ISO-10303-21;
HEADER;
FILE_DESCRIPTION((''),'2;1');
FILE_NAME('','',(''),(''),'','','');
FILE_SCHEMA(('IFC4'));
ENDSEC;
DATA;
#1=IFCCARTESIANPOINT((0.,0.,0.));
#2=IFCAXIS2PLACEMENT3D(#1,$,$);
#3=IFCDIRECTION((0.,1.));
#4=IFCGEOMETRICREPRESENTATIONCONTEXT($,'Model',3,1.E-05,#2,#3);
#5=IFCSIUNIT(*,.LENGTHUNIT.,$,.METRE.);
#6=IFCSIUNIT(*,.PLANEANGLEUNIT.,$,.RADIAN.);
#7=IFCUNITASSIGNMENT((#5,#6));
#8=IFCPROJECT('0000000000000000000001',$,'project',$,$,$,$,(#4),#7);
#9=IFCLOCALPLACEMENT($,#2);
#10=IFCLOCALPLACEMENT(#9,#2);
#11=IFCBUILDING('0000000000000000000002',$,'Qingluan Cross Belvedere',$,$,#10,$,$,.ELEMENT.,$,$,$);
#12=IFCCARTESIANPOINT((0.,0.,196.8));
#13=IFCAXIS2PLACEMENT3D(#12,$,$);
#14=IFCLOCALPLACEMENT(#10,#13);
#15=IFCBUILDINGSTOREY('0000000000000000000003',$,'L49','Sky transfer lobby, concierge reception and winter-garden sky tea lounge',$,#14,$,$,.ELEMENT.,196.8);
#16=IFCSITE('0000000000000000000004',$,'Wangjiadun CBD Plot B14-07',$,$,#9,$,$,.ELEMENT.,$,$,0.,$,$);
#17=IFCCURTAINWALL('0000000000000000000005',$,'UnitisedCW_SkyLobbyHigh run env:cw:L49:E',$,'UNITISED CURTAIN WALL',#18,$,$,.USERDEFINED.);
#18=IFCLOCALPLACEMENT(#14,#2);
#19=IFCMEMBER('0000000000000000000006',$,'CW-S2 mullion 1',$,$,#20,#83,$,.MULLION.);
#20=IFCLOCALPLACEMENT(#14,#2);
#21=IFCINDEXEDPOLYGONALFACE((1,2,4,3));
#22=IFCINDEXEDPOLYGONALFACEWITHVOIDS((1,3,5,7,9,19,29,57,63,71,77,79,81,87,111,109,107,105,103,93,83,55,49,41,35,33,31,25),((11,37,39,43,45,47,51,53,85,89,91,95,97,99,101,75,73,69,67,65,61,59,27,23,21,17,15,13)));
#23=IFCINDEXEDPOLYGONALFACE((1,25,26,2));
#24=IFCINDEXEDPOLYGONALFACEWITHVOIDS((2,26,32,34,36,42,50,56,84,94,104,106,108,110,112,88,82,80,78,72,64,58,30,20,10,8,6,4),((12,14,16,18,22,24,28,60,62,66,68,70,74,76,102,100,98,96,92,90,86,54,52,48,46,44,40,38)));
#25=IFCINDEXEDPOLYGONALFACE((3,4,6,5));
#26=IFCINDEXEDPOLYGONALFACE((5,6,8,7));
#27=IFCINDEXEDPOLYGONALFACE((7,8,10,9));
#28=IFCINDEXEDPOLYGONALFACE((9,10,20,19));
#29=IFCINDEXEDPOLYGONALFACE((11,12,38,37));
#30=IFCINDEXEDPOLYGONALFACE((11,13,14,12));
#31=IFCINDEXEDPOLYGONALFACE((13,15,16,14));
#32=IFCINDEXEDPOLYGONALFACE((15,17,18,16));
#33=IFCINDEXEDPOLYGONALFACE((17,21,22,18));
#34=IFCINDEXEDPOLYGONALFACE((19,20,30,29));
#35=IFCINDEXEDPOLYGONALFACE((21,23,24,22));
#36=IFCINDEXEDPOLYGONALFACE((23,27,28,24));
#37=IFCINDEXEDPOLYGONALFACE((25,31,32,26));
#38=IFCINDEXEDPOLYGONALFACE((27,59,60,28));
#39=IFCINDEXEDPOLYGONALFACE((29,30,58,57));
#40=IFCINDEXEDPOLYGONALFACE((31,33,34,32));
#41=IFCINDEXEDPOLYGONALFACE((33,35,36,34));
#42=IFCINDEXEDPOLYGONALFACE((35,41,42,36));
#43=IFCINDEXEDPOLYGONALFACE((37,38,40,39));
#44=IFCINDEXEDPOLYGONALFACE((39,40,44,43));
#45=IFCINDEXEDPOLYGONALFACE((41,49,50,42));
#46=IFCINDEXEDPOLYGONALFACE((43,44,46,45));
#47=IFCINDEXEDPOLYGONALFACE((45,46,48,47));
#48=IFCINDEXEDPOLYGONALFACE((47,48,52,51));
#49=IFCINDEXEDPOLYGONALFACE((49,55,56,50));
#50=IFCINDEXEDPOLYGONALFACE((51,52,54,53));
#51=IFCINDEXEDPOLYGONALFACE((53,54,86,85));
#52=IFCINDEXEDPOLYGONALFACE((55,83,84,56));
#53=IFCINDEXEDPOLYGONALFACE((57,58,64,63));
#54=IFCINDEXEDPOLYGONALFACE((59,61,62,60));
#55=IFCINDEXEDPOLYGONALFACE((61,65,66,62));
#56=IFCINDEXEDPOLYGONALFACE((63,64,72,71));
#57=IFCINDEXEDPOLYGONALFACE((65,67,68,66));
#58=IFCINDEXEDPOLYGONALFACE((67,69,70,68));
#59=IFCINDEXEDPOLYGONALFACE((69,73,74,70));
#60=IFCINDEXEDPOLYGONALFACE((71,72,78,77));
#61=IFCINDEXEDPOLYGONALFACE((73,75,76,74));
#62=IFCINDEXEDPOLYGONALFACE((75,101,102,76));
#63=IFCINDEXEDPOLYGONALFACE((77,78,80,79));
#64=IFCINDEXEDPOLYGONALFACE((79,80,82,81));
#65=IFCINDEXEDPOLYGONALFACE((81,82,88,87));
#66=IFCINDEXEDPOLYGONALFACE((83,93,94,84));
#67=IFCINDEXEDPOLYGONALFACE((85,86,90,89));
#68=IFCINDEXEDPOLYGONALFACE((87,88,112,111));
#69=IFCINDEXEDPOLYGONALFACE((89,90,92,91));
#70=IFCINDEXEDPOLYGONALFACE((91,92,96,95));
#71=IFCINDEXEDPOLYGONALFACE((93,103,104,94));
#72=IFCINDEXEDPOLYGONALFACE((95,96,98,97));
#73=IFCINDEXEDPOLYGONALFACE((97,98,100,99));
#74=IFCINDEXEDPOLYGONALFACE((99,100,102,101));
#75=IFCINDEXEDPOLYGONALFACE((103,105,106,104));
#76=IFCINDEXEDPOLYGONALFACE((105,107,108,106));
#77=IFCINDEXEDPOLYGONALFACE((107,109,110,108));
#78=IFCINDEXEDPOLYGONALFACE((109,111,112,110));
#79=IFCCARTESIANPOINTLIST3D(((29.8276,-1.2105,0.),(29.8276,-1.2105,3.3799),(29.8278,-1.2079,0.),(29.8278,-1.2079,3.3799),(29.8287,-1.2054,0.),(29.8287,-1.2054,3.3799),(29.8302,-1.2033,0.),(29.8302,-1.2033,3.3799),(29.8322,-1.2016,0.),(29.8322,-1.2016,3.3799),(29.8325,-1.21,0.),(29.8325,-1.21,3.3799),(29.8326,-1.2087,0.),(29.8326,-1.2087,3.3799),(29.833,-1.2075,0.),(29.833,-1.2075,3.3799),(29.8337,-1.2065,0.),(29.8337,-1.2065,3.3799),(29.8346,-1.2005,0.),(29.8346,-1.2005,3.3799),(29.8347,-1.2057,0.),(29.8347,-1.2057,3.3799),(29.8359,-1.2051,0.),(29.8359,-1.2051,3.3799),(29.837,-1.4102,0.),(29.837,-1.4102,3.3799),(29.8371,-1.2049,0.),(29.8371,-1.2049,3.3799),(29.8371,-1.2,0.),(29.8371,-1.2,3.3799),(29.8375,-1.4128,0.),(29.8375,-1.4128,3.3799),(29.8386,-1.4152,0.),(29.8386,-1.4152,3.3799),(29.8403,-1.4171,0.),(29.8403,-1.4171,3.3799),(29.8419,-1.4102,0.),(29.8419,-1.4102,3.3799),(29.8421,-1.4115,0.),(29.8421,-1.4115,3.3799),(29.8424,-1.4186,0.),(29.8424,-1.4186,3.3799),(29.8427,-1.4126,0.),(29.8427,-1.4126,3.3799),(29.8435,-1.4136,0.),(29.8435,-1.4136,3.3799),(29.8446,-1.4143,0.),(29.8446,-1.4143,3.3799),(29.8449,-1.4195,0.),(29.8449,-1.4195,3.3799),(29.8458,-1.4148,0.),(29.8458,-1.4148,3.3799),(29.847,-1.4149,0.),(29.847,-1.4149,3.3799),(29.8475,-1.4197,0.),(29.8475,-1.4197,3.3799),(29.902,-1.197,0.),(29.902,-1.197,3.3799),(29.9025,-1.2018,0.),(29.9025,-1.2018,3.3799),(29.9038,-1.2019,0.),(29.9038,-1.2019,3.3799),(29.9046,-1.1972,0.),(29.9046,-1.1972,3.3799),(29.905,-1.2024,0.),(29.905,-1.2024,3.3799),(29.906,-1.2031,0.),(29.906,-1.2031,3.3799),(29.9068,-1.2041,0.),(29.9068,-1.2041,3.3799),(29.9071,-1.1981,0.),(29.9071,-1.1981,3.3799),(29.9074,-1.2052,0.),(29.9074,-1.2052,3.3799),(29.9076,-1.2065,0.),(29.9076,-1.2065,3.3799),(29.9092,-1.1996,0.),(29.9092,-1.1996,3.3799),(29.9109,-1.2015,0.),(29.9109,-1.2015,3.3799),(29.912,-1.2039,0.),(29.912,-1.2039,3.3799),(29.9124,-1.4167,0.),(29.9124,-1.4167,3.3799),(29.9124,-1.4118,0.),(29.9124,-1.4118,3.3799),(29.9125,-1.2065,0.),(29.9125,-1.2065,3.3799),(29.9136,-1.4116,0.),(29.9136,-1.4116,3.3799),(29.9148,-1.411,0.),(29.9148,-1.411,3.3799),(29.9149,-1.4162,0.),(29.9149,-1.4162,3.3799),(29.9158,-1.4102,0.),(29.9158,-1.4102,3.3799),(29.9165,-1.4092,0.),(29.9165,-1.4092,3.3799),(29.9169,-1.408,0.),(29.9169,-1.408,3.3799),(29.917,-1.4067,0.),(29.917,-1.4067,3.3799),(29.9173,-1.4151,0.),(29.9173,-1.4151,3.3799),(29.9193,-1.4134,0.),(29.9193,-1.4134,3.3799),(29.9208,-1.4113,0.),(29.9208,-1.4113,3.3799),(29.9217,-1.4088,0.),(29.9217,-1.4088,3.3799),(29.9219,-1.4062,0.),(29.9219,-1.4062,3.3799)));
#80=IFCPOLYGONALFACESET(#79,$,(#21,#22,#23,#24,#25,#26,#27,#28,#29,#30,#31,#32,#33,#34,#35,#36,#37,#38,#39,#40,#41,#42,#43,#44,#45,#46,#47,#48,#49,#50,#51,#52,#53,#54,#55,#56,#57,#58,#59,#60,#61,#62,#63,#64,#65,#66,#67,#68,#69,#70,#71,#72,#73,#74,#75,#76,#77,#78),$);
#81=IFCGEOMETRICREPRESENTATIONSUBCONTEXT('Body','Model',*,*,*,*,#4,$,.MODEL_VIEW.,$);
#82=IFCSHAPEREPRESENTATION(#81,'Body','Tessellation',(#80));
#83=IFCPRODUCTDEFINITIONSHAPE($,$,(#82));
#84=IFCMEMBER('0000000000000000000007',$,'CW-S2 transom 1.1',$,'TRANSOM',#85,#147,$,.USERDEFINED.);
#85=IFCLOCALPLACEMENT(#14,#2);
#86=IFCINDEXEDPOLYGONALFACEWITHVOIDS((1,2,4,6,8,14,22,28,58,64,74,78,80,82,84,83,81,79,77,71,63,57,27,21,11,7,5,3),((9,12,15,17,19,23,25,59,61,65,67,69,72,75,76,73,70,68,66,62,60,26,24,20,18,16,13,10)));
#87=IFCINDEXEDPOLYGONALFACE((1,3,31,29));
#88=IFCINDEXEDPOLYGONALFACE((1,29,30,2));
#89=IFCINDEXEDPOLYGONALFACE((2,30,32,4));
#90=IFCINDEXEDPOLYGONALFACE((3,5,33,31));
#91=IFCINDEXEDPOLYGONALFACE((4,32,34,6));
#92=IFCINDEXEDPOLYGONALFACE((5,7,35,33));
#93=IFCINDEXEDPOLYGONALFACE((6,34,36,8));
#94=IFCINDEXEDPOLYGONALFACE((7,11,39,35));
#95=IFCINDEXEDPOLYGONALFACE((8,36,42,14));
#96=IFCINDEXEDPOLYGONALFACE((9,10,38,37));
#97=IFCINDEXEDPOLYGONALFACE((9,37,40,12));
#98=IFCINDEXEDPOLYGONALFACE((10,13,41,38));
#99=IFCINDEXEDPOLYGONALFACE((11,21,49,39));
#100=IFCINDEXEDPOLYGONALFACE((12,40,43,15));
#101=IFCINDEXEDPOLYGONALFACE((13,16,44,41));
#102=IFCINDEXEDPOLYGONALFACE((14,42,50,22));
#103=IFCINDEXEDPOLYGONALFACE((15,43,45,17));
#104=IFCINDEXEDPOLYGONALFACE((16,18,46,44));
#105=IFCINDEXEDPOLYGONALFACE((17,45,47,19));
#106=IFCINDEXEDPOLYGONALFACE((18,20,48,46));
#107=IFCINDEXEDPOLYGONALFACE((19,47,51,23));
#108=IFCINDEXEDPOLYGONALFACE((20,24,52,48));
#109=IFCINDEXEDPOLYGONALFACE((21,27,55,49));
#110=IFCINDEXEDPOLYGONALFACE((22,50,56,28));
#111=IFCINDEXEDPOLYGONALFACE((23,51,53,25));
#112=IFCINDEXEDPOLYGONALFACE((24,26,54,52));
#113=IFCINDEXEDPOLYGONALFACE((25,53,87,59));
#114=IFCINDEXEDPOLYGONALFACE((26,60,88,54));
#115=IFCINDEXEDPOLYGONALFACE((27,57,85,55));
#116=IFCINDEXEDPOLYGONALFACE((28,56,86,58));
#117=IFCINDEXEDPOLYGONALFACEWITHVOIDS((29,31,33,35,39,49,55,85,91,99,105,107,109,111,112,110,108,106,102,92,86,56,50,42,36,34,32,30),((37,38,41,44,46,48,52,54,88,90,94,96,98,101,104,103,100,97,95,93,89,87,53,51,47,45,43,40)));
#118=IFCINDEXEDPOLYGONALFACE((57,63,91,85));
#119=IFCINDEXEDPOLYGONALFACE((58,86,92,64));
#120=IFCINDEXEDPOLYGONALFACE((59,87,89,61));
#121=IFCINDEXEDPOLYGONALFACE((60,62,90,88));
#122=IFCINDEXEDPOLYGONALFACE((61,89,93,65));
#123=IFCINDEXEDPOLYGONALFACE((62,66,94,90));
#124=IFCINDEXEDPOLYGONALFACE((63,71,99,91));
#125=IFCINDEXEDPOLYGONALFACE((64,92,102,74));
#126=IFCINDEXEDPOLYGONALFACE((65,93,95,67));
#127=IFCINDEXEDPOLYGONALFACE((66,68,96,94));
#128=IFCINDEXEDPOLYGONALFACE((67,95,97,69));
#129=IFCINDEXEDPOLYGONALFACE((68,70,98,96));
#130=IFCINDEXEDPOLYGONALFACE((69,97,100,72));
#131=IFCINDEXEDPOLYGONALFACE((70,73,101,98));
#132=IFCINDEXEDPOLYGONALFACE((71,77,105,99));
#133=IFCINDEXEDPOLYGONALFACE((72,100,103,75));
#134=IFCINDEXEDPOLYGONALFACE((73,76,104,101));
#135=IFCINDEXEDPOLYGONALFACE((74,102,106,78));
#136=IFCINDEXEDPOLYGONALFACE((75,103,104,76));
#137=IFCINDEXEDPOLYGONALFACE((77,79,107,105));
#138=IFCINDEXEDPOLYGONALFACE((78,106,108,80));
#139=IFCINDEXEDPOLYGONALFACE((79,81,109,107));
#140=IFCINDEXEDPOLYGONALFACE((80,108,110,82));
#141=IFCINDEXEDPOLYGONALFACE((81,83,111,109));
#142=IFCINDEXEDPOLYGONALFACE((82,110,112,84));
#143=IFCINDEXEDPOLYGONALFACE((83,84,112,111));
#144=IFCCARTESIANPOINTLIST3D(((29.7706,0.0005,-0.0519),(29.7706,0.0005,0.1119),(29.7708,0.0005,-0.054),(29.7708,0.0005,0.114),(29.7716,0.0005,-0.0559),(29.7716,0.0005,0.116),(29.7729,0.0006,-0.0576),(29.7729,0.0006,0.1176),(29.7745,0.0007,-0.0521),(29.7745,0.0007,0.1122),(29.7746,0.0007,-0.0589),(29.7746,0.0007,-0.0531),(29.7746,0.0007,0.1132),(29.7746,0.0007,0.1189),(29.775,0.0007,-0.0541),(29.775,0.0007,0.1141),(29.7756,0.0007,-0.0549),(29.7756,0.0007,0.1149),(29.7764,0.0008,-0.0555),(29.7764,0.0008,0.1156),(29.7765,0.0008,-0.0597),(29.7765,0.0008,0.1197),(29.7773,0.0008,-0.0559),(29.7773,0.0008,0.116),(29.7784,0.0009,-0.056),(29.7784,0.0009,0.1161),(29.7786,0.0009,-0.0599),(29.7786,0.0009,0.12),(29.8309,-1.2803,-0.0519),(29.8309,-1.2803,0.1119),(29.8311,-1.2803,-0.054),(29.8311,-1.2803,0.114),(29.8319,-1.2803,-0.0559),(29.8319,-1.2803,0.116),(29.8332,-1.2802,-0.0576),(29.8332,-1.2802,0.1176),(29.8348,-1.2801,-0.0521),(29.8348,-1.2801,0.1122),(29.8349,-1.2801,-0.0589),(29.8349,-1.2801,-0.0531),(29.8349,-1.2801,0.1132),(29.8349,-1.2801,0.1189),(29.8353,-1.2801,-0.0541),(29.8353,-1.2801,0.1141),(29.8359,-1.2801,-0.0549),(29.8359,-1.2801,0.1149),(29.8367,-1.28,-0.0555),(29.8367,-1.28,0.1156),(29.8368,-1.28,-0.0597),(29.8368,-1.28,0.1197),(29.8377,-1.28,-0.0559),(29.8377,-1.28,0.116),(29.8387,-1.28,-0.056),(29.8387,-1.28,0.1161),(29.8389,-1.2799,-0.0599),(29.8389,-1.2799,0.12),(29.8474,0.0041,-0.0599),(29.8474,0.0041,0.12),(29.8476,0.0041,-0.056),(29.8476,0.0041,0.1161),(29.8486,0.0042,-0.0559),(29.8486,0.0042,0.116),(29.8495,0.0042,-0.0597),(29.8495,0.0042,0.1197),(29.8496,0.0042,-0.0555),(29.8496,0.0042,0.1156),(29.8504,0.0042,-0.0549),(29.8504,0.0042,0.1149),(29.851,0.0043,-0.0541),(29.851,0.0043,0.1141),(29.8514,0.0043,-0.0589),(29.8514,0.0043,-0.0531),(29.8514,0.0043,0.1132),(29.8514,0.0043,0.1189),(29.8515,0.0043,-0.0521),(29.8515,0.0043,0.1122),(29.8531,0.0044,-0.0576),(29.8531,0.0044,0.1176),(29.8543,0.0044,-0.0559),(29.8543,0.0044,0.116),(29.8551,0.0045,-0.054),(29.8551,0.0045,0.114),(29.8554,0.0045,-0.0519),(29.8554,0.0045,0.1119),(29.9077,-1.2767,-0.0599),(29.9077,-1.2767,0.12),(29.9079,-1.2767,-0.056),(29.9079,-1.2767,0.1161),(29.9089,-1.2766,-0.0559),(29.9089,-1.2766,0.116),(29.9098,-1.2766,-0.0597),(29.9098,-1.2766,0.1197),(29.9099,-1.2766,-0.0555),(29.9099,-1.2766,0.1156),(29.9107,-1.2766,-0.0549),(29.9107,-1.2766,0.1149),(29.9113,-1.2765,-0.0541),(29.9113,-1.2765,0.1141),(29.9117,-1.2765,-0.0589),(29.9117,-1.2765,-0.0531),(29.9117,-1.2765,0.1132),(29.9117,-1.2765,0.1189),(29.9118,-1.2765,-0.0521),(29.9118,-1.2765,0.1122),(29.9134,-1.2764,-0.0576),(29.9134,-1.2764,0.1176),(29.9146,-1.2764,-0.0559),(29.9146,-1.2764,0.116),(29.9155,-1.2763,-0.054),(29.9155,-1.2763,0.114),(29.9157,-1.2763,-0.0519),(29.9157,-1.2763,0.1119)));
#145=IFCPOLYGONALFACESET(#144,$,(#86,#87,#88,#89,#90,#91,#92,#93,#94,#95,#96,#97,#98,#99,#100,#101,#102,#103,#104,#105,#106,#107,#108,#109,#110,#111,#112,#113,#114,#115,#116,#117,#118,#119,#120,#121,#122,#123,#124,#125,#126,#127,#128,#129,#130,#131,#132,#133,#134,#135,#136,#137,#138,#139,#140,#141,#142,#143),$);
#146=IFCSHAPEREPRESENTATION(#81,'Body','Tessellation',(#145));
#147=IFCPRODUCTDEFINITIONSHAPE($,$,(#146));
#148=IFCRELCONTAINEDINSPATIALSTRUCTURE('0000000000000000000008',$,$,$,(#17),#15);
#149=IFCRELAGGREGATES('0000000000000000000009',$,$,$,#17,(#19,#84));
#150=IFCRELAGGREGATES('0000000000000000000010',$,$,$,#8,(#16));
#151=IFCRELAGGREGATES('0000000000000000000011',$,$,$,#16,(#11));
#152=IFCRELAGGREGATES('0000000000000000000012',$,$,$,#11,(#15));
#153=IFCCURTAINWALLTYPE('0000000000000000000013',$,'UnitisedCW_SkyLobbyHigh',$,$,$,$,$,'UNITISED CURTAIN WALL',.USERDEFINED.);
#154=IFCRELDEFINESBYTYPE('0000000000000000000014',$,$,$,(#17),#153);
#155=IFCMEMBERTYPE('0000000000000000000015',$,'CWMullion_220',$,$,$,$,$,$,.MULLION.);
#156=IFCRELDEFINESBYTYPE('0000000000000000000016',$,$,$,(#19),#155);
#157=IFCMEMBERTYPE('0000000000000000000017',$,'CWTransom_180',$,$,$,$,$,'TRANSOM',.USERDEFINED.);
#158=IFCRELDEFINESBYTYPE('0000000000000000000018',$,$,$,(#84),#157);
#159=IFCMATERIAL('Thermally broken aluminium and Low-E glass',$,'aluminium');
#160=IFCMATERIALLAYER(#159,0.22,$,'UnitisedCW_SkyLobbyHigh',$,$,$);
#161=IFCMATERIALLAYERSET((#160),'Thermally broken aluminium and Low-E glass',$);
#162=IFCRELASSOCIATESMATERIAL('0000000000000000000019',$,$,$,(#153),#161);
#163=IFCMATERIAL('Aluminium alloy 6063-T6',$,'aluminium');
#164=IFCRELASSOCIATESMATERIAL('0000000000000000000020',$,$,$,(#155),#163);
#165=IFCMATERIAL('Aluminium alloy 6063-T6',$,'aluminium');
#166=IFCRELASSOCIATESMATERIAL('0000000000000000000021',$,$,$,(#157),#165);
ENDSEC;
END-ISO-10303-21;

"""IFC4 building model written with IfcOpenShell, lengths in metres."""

from ifc_helpers import new_model, si_unit, direction, frame, origin, origin_2d, place, context, subcontext, project, spatial, hollow_rectangle, extrude, material, layer, layer_set, material_profile, profile_set, type_object, element, aggregate, save


model = new_model("IFC4")

# Units and contexts
model_context = context("Model", 3, precision=1e-05, world=origin(), true_north=direction((0.0, 1.0)))
body_context = subcontext(model_context, "Body", "Model", "MODEL_VIEW")
ifc_project = project(units=[si_unit("LENGTHUNIT", "METRE"), si_unit("PLANEANGLEUNIT", "RADIAN")], contexts=[model_context])

# Site, building, storey
site_placement = place(None, origin())
site = spatial("IfcSite", under=ifc_project, at=site_placement, Name="Wangjiadun CBD Plot B14-07", CompositionType="ELEMENT", RefElevation=0.0)
building_placement = place(site_placement, origin())
building = spatial("IfcBuilding", under=site, at=building_placement, Name="Qingluan Cross Belvedere", CompositionType="ELEMENT")
storey_placement = place(building_placement, frame((0.0, 0.0, 196.8)))
storey = spatial("IfcBuildingStorey", under=building, at=storey_placement, Name="L49", Description="Sky transfer lobby, concierge reception and winter-garden sky tea lounge", CompositionType="ELEMENT", Elevation=196.8)

# Curtain wall, members
ifc_material_1 = material(Name="Thermally broken aluminium and Low-E glass", Category="aluminium")
ifc_layer_1 = layer(ifc_material_1, 0.22, Name="UnitisedCW_SkyLobbyHigh")
ifc_layer_set_1 = layer_set([ifc_layer_1], Name="Thermally broken aluminium and Low-E glass")
curtain_wall_type = type_object("IfcCurtainWallType", Name="UnitisedCW_SkyLobbyHigh", ElementType="UNITISED CURTAIN WALL", PredefinedType="USERDEFINED", material=ifc_layer_set_1)
curtain_wall_placement = place(storey_placement, origin())
curtain_wall = element("IfcCurtainWall", 1, at=curtain_wall_placement, inside=storey, type_object=curtain_wall_type, Name="UnitisedCW_SkyLobbyHigh run env:cw:L49:E", ObjectType="UNITISED CURTAIN WALL", PredefinedType="USERDEFINED")
ifc_material_2 = material(Name="Aluminium alloy 6063-T6", Category="aluminium")
ifc_material_profile_1 = material_profile(ifc_material_2, hollow_rectangle(XDim=0.085, YDim=0.22, WallThickness=0.0049, InnerFilletRadius=0.0049, OuterFilletRadius=0.01, at=origin_2d()), Name="CWM220x85x5")
ifc_profile_set_1 = profile_set([ifc_material_profile_1], Name="Aluminium alloy 6063-T6")
member_type_1 = type_object("IfcMemberType", Name="CWMullion_220", PredefinedType="MULLION", material=ifc_profile_set_1)
member_1_placement = place(storey_placement, frame((29.8748, -1.3083, 0.0), z_axis=(0.0, 0.0, 1.0), x_axis=(-0.99889, -0.047102, 0.0)))
member_1 = element("IfcMember", 2, at=member_1_placement, type_object=member_type_1, Name="CW-S2 mullion 1", PredefinedType="MULLION", context=body_context, shape_type="SweptSolid", body=[
    extrude(hollow_rectangle(XDim=0.085, YDim=0.22, WallThickness=0.0049, InnerFilletRadius=0.0049, OuterFilletRadius=0.01, at=origin_2d()), origin(), (0.0, 0.0, 1.0), 3.3799),
])
ifc_material_3 = material(Name="Aluminium alloy 6063-T6", Category="aluminium")
ifc_material_profile_2 = material_profile(ifc_material_3, hollow_rectangle(XDim=0.085, YDim=0.1799, WallThickness=0.0039, InnerFilletRadius=0.0039, OuterFilletRadius=0.0081, at=origin_2d()), Name="CWT180x85x4")
ifc_profile_set_2 = profile_set([ifc_material_profile_2], Name="Aluminium alloy 6063-T6")
member_type_2 = type_object("IfcMemberType", Name="CWTransom_180", ElementType="TRANSOM", PredefinedType="USERDEFINED", material=ifc_profile_set_2)
member_2_placement = place(storey_placement, frame((29.8733, -1.2783, 0.03), z_axis=(-0.047031, 0.998893, 0.0), x_axis=(-0.998893, -0.047031, 0.0)))
member_2 = element("IfcMember", 3, at=member_2_placement, type_object=member_type_2, Name="CW-S2 transom 1.1", ObjectType="TRANSOM", PredefinedType="USERDEFINED", context=body_context, shape_type="SweptSolid", body=[
    extrude(hollow_rectangle(XDim=0.085, YDim=0.1799, WallThickness=0.0039, InnerFilletRadius=0.0039, OuterFilletRadius=0.0081, at=origin_2d()), origin(), (0.0, 0.0, 1.0), 1.2822),
])
aggregate(curtain_wall, [member_1, member_2])

save(model, "model.ifc")
